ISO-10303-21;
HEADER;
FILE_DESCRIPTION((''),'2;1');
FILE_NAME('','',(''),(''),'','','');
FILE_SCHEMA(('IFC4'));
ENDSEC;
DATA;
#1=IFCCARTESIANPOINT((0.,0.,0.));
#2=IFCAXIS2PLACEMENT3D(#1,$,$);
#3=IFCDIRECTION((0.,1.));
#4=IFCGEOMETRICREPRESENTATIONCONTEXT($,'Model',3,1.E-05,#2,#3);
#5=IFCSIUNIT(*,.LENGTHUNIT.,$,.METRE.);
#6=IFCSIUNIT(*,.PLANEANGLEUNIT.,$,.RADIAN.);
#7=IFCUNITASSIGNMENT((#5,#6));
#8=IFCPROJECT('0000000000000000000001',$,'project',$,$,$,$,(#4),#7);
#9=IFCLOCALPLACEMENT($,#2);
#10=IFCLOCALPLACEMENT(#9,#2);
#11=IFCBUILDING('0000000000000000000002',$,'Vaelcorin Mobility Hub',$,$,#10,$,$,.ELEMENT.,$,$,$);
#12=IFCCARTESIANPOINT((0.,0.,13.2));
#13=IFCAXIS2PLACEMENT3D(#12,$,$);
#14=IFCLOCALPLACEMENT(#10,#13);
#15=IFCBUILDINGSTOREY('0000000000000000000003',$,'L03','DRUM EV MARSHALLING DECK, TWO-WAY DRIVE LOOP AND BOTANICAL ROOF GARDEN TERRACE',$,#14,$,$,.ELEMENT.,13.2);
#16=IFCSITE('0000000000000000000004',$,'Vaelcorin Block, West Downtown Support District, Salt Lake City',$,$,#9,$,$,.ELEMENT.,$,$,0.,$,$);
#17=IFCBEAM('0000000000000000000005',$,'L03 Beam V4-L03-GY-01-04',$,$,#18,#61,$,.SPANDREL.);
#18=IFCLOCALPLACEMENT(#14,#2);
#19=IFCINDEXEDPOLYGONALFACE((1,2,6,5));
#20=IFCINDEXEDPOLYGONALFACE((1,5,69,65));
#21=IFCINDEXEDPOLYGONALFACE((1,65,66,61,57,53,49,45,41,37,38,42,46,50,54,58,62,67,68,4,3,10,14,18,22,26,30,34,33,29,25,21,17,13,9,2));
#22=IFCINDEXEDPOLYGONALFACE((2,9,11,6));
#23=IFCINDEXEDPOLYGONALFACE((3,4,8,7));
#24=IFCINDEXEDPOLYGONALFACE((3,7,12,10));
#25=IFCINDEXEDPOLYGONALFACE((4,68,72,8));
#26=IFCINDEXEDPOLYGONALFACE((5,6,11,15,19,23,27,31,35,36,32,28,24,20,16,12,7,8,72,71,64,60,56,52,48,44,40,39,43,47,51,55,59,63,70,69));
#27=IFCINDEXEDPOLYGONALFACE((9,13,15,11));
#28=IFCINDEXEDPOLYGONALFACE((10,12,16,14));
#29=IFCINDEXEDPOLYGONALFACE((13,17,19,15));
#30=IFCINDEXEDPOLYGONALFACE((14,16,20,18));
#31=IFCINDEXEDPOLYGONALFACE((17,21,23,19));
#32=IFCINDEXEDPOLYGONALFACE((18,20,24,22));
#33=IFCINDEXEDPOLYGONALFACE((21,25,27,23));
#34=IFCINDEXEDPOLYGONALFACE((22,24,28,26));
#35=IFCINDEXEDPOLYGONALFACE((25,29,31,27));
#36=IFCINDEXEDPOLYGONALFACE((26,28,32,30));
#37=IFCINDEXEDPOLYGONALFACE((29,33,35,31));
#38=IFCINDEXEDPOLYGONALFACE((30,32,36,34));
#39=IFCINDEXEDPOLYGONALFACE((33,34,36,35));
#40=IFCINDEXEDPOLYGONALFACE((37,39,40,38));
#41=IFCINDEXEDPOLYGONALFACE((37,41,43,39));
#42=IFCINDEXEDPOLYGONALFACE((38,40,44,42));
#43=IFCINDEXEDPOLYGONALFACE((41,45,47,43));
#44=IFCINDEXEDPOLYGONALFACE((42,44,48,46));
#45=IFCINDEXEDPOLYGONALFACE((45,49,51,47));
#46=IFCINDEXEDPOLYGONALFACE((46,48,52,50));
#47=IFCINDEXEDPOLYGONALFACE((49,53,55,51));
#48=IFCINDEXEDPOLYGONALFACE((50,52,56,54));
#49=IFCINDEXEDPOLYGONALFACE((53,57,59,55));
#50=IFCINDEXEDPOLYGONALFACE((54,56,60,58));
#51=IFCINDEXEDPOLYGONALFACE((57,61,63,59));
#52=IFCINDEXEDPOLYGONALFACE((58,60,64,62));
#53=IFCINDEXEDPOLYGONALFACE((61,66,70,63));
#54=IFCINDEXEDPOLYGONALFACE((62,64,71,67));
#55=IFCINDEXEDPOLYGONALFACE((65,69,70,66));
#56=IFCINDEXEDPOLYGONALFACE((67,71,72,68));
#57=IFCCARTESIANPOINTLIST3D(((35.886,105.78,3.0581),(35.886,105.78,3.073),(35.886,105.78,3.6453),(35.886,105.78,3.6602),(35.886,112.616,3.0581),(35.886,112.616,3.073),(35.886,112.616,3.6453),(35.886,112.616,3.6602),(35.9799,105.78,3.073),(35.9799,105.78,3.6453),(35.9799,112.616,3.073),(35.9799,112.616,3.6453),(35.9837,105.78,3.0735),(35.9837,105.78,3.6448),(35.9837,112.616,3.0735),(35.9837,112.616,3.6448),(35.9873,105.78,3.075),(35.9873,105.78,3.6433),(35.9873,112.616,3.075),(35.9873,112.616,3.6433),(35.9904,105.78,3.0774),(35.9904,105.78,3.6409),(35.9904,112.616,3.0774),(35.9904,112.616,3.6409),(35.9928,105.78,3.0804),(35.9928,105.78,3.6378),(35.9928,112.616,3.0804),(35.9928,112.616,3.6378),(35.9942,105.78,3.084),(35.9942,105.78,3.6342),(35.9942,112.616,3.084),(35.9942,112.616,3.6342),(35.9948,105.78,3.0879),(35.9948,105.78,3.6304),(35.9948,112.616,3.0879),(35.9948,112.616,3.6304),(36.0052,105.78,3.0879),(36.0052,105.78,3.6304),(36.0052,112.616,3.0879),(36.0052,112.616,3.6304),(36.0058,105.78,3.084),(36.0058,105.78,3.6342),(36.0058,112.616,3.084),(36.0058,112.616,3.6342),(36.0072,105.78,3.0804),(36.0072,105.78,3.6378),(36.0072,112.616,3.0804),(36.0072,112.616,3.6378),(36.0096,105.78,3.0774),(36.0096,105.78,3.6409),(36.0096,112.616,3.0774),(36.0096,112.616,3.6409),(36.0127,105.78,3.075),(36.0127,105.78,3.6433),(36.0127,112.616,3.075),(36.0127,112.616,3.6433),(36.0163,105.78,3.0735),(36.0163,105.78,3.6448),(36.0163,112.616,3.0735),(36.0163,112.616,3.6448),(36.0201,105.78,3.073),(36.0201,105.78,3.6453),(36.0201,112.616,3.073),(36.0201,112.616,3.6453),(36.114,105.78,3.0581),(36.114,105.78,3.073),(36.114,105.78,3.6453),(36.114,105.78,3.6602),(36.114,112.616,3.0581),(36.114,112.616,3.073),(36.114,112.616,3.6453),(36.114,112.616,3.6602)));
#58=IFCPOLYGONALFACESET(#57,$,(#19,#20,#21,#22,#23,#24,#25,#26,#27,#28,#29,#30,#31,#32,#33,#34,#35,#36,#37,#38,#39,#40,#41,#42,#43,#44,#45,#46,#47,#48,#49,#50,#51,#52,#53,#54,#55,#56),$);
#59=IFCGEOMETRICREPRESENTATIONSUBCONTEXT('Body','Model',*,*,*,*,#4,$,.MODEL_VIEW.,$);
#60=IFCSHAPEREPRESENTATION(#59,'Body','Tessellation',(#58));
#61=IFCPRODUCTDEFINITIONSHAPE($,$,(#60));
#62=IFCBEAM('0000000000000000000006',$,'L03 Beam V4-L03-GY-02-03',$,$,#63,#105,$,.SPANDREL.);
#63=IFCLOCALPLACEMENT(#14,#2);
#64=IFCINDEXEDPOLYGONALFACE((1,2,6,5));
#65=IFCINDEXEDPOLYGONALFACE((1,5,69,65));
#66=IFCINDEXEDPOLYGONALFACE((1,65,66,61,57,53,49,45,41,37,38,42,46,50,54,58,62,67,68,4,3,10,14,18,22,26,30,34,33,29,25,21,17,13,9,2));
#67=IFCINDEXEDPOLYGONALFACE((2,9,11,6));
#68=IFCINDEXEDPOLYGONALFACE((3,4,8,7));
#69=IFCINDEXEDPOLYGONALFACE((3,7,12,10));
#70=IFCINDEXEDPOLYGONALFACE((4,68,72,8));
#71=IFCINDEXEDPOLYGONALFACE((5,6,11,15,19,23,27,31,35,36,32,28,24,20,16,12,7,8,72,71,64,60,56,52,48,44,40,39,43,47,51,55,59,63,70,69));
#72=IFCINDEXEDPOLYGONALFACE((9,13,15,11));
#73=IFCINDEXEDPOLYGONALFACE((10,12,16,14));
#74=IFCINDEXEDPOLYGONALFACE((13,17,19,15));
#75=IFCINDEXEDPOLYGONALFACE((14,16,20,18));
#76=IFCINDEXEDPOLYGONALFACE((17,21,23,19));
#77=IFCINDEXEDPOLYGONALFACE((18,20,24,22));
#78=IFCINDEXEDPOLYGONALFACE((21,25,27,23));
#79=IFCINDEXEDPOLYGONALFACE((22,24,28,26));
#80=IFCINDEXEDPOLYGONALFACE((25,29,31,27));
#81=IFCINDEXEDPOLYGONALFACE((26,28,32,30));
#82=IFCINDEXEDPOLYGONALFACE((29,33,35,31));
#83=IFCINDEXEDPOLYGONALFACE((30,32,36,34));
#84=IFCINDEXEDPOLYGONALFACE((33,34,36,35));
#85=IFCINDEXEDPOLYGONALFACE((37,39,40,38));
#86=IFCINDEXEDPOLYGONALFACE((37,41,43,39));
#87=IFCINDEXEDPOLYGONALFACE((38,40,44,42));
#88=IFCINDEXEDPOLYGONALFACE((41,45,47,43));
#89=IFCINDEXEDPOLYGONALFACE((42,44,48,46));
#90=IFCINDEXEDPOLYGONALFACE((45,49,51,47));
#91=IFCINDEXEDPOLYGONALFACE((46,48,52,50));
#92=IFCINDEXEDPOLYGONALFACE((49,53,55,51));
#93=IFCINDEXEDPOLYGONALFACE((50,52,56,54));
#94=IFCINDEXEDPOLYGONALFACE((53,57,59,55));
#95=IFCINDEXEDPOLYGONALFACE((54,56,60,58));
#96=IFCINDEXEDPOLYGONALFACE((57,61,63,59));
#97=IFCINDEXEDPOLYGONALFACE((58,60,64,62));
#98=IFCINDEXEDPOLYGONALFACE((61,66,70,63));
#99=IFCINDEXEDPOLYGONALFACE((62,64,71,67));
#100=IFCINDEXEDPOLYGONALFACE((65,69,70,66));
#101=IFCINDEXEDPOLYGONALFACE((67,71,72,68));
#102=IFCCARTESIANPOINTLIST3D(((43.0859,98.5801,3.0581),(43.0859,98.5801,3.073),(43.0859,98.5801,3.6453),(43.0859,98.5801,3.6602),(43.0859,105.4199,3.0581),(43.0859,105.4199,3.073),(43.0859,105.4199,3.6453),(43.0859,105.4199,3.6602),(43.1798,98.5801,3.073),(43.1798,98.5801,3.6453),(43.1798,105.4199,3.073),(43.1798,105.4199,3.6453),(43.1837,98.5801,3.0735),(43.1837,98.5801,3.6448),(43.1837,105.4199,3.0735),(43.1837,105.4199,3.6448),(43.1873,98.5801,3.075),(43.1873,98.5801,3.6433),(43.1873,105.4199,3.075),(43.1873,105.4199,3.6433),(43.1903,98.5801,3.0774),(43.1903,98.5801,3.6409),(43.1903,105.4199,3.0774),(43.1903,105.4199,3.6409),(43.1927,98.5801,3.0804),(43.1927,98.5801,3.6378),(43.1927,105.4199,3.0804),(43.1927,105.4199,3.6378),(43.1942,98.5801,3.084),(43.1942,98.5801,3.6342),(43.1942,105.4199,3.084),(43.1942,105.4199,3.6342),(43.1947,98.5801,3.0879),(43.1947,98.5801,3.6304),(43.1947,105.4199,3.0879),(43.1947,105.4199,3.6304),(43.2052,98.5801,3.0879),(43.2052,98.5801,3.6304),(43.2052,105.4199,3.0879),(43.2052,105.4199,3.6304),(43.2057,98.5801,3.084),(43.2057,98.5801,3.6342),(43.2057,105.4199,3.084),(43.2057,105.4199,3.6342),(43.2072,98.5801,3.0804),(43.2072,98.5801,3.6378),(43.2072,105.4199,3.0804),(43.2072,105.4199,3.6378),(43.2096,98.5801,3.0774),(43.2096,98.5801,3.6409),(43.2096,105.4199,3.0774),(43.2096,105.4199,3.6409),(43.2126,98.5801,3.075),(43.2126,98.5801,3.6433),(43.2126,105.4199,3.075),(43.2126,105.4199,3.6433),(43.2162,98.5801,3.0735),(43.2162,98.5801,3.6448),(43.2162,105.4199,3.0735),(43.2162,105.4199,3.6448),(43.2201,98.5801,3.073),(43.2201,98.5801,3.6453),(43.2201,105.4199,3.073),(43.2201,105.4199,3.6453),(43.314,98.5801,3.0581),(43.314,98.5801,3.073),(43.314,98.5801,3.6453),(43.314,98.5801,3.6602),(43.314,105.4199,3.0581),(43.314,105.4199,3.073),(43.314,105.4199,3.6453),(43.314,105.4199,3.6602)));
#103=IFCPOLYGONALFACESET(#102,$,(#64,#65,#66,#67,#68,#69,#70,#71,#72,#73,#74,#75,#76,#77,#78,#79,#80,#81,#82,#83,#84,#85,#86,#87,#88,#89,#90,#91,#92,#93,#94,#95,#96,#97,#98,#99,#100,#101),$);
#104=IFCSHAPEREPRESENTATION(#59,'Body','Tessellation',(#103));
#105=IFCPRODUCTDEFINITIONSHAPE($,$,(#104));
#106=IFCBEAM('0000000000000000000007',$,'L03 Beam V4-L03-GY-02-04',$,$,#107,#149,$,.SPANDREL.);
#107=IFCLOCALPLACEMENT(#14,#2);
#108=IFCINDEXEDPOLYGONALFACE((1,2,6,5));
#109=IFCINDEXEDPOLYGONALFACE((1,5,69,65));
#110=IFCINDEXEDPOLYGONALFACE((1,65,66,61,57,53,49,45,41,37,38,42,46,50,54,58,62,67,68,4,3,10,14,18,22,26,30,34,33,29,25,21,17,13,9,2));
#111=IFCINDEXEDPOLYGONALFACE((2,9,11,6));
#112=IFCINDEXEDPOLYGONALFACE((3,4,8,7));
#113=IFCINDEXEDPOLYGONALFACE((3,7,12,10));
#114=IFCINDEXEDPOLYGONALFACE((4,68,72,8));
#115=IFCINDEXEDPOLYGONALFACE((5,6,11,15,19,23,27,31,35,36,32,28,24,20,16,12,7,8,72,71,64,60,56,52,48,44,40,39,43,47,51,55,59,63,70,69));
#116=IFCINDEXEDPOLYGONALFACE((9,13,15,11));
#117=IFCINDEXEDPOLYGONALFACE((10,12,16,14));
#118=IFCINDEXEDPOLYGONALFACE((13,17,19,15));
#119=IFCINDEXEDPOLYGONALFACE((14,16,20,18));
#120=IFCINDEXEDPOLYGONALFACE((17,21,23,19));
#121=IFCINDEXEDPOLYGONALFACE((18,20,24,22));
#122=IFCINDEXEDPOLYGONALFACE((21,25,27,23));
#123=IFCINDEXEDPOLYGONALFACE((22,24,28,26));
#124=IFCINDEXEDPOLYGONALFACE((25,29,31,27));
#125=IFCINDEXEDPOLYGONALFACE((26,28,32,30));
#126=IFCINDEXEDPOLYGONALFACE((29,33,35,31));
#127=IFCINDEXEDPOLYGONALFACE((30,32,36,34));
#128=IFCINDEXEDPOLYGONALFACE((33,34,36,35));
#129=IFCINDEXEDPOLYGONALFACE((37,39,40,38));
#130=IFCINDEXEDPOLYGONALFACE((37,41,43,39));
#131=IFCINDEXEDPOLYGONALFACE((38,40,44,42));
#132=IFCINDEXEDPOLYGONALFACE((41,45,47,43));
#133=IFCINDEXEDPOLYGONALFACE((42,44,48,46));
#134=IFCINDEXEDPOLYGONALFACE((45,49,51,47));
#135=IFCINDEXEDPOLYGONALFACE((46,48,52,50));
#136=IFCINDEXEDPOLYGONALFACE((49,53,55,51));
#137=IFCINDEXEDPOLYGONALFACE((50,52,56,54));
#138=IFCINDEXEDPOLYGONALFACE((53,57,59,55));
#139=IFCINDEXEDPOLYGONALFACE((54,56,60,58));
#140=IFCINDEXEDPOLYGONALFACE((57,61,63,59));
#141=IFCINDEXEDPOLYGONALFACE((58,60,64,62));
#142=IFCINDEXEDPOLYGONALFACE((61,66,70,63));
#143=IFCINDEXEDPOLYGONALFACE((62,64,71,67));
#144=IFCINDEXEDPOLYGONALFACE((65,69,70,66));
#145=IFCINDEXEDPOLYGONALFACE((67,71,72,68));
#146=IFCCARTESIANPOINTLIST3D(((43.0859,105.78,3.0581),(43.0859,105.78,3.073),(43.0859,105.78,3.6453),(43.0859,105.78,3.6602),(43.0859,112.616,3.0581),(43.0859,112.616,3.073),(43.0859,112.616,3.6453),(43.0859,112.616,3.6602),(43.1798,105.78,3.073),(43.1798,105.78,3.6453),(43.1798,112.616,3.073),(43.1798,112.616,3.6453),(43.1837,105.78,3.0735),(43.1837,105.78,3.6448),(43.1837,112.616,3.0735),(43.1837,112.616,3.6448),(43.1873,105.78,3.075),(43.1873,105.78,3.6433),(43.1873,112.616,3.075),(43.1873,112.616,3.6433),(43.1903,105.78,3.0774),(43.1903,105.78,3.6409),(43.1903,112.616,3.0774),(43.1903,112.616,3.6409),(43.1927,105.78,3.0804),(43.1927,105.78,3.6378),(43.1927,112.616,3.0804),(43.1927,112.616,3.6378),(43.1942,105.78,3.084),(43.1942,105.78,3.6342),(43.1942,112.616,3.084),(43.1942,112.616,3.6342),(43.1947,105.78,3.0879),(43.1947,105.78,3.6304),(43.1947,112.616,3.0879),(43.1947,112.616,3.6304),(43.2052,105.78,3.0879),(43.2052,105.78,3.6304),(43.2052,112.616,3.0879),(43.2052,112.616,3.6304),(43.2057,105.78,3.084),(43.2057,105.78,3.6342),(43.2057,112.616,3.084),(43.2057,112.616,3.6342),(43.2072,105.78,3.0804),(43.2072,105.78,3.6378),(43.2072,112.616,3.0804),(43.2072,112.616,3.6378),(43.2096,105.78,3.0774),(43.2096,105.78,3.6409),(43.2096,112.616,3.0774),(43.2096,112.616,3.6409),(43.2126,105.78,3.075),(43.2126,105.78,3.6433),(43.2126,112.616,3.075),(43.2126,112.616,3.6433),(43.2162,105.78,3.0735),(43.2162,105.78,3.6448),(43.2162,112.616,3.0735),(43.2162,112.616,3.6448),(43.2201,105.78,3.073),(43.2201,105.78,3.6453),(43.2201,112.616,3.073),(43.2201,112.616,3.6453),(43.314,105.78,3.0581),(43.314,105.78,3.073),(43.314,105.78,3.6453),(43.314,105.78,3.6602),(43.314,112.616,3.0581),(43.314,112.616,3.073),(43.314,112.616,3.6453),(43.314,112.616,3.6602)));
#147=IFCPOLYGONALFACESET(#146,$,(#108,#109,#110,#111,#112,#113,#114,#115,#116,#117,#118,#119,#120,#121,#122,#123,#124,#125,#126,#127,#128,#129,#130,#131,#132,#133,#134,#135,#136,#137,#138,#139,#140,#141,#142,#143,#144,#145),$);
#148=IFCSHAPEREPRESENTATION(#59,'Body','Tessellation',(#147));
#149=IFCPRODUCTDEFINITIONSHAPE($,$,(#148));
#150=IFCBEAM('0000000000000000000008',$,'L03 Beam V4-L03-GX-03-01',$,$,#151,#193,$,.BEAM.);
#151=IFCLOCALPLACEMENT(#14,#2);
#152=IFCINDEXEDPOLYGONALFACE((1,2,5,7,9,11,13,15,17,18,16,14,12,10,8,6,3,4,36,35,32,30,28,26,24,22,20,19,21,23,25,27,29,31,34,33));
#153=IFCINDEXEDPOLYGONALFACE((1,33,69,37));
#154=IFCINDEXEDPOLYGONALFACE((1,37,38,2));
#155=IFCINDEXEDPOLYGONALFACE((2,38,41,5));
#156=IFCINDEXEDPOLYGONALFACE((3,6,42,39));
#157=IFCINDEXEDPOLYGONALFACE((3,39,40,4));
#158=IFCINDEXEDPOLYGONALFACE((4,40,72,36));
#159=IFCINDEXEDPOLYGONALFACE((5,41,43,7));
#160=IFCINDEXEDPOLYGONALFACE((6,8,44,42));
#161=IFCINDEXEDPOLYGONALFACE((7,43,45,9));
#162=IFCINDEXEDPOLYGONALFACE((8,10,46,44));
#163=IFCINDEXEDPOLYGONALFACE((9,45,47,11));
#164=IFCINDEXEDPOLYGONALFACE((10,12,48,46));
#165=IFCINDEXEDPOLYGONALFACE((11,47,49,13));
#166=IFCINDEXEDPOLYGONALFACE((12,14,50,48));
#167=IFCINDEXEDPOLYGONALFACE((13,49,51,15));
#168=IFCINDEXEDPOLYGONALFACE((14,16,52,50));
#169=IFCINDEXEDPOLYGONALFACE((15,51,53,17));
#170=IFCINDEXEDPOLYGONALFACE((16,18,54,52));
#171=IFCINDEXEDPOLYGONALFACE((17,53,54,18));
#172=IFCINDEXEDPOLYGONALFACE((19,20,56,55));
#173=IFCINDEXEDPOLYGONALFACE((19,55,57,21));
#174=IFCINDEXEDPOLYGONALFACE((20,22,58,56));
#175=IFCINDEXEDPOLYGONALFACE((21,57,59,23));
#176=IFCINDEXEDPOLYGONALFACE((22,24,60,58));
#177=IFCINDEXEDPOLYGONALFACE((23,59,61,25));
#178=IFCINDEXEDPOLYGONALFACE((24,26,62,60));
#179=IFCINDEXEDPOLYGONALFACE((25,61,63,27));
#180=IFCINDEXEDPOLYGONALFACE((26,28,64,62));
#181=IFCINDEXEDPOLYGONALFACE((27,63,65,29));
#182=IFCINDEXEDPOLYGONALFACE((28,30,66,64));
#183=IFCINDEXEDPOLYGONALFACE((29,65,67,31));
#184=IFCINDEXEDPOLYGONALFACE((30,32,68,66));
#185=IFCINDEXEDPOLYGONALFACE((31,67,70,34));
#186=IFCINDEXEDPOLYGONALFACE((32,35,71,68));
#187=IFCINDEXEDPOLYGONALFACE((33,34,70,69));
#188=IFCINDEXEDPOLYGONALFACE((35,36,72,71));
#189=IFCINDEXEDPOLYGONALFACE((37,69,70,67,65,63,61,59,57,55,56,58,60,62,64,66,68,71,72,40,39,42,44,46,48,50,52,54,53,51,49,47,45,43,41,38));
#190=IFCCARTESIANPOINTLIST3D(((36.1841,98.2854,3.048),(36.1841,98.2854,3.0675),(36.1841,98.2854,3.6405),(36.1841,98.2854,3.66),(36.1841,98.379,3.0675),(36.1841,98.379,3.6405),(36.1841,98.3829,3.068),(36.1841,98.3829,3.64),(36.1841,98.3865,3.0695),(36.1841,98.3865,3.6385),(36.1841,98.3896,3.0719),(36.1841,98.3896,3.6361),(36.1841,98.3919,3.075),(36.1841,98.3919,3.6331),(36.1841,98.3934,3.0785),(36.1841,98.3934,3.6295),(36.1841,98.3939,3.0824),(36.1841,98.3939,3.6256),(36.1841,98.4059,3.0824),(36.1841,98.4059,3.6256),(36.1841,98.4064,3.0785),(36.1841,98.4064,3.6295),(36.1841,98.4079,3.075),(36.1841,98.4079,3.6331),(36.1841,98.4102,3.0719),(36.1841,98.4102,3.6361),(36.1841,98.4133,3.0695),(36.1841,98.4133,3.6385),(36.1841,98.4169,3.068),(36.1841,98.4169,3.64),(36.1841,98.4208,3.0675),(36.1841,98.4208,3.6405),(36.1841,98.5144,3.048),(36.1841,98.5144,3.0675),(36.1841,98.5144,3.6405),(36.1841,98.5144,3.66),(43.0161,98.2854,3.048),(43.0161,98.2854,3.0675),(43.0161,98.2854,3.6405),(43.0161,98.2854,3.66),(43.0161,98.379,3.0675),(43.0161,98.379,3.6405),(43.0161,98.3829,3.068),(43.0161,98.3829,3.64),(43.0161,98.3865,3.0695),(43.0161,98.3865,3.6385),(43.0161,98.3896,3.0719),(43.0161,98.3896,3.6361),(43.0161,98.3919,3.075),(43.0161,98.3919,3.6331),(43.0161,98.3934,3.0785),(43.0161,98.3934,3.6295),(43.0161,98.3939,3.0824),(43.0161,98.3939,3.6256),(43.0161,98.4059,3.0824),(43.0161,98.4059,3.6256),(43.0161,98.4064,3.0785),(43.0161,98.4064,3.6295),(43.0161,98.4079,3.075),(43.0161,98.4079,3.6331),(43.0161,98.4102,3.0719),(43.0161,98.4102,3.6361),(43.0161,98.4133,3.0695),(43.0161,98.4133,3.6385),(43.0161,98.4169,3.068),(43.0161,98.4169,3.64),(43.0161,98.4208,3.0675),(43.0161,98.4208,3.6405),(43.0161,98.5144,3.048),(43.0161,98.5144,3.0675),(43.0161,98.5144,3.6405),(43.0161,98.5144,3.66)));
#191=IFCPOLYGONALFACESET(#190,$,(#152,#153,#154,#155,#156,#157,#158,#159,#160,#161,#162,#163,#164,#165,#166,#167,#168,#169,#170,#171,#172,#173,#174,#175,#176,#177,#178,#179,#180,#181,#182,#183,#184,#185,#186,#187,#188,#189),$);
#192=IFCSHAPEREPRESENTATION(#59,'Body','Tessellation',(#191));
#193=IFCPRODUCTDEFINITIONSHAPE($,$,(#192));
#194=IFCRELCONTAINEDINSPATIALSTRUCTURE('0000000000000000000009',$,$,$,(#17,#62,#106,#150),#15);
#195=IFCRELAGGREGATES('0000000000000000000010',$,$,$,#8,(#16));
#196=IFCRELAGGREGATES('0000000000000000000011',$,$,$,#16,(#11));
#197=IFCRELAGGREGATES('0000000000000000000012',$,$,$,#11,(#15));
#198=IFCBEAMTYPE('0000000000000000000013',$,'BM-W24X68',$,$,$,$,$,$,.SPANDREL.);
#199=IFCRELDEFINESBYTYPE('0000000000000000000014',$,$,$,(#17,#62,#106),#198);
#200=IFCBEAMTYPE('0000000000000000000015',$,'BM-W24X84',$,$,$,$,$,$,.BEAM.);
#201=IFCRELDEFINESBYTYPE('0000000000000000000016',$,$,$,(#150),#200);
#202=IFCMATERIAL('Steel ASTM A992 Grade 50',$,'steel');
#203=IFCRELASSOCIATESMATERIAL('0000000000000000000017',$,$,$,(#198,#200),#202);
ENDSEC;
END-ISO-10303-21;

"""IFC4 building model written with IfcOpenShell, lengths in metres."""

from ifc_helpers import new_model, si_unit, direction, frame, origin, origin_2d, place, context, subcontext, project, spatial, i_section, extrude, material, material_profile, profile_set, type_object, element, save


model = new_model("IFC4")

# Units and contexts
model_context = context("Model", 3, precision=1e-05, world=origin(), true_north=direction((0.0, 1.0)))
body_context = subcontext(model_context, "Body", "Model", "MODEL_VIEW")
ifc_project = project(units=[si_unit("LENGTHUNIT", "METRE"), si_unit("PLANEANGLEUNIT", "RADIAN")], contexts=[model_context])

# Site, building, storey
site_placement = place(None, origin())
site = spatial("IfcSite", under=ifc_project, at=site_placement, Name="Vaelcorin Block, West Downtown Support District, Salt Lake City", CompositionType="ELEMENT", RefElevation=0.0)
building_placement = place(site_placement, origin())
building = spatial("IfcBuilding", under=site, at=building_placement, Name="Vaelcorin Mobility Hub", CompositionType="ELEMENT")
storey_placement = place(building_placement, frame((0.0, 0.0, 13.2)))
storey = spatial("IfcBuildingStorey", under=building, at=storey_placement, Name="L03", Description="DRUM EV MARSHALLING DECK, TWO-WAY DRIVE LOOP AND BOTANICAL ROOF GARDEN TERRACE", CompositionType="ELEMENT", Elevation=13.2)

# Shared definitions
ifc_material_1 = material(Name="Steel ASTM A992 Grade 50", Category="steel")

# Beams
ifc_material_profile_1 = material_profile(ifc_material_1, i_section(OverallWidth=0.228, OverallDepth=0.6021, WebThickness=0.0105, FlangeThickness=0.0149, FilletRadius=0.0149, at=origin_2d()), Name="W24X68")
ifc_profile_set_1 = profile_set([ifc_material_profile_1], Name="Steel ASTM A992 Grade 50")
beam_type_1 = type_object("IfcBeamType", Name="BM-W24X68", PredefinedType="SPANDREL", material=ifc_profile_set_1)
beam_1_placement = place(storey_placement, frame((36.0, 105.78, 3.3591), z_axis=(0.0, 1.0, 0.0), x_axis=(-1.0, 0.0, 0.0)))
element("IfcBeam", 1, at=beam_1_placement, inside=storey, type_object=beam_type_1, Name="L03 Beam V4-L03-GY-01-04", PredefinedType="SPANDREL", context=body_context, shape_type="SweptSolid", body=[
    extrude(i_section(OverallWidth=0.228, OverallDepth=0.6021, WebThickness=0.0105, FlangeThickness=0.0149, FilletRadius=0.0149, at=origin_2d()), origin(), (0.0, 0.0, 1.0), 6.8359),
])
beam_2_placement = place(storey_placement, frame((43.2, 98.5801, 3.3591), z_axis=(0.0, 1.0, 0.0), x_axis=(-1.0, 0.0, 0.0)))
element("IfcBeam", 2, at=beam_2_placement, inside=storey, type_object=beam_type_1, Name="L03 Beam V4-L03-GY-02-03", PredefinedType="SPANDREL", context=body_context, shape_type="SweptSolid", body=[
    extrude(i_section(OverallWidth=0.228, OverallDepth=0.6021, WebThickness=0.0105, FlangeThickness=0.0149, FilletRadius=0.0149, at=origin_2d()), origin(), (0.0, 0.0, 1.0), 6.8398),
])
beam_3_placement = place(storey_placement, frame((43.2, 105.78, 3.3591), z_axis=(0.0, 1.0, 0.0), x_axis=(-1.0, 0.0, 0.0)))
element("IfcBeam", 3, at=beam_3_placement, inside=storey, type_object=beam_type_1, Name="L03 Beam V4-L03-GY-02-04", PredefinedType="SPANDREL", context=body_context, shape_type="SweptSolid", body=[
    extrude(i_section(OverallWidth=0.228, OverallDepth=0.6021, WebThickness=0.0105, FlangeThickness=0.0149, FilletRadius=0.0149, at=origin_2d()), origin(), (0.0, 0.0, 1.0), 6.8359),
])
ifc_material_profile_2 = material_profile(ifc_material_1, i_section(OverallWidth=0.229, OverallDepth=0.6121, WebThickness=0.012, FlangeThickness=0.0195, FilletRadius=0.0149, at=origin_2d()), Name="W24X84")
ifc_profile_set_2 = profile_set([ifc_material_profile_2], Name="Steel ASTM A992 Grade 50")
beam_type_2 = type_object("IfcBeamType", Name="BM-W24X84", PredefinedType="BEAM", material=ifc_profile_set_2)
for number, where, z_axis, x_axis, name in (
    (4, (36.1841, 98.3999, 3.354), (1.0, 0.0, 0.0), (0.0, 1.0, 0.0), "L03 Beam V4-L03-GX-03-01"),
):
    element("IfcBeam", number, at=place(storey_placement, frame(where, z_axis=z_axis, x_axis=x_axis)), inside=storey, type_object=beam_type_2, Name=name, PredefinedType="BEAM", context=body_context, shape_type="SweptSolid", body=[
        extrude(i_section(OverallWidth=0.229, OverallDepth=0.6121, WebThickness=0.012, FlangeThickness=0.0195, FilletRadius=0.0149, at=origin_2d()), origin(), (0.0, 0.0, 1.0), 6.832),
    ])

save(model, "model.ifc")
